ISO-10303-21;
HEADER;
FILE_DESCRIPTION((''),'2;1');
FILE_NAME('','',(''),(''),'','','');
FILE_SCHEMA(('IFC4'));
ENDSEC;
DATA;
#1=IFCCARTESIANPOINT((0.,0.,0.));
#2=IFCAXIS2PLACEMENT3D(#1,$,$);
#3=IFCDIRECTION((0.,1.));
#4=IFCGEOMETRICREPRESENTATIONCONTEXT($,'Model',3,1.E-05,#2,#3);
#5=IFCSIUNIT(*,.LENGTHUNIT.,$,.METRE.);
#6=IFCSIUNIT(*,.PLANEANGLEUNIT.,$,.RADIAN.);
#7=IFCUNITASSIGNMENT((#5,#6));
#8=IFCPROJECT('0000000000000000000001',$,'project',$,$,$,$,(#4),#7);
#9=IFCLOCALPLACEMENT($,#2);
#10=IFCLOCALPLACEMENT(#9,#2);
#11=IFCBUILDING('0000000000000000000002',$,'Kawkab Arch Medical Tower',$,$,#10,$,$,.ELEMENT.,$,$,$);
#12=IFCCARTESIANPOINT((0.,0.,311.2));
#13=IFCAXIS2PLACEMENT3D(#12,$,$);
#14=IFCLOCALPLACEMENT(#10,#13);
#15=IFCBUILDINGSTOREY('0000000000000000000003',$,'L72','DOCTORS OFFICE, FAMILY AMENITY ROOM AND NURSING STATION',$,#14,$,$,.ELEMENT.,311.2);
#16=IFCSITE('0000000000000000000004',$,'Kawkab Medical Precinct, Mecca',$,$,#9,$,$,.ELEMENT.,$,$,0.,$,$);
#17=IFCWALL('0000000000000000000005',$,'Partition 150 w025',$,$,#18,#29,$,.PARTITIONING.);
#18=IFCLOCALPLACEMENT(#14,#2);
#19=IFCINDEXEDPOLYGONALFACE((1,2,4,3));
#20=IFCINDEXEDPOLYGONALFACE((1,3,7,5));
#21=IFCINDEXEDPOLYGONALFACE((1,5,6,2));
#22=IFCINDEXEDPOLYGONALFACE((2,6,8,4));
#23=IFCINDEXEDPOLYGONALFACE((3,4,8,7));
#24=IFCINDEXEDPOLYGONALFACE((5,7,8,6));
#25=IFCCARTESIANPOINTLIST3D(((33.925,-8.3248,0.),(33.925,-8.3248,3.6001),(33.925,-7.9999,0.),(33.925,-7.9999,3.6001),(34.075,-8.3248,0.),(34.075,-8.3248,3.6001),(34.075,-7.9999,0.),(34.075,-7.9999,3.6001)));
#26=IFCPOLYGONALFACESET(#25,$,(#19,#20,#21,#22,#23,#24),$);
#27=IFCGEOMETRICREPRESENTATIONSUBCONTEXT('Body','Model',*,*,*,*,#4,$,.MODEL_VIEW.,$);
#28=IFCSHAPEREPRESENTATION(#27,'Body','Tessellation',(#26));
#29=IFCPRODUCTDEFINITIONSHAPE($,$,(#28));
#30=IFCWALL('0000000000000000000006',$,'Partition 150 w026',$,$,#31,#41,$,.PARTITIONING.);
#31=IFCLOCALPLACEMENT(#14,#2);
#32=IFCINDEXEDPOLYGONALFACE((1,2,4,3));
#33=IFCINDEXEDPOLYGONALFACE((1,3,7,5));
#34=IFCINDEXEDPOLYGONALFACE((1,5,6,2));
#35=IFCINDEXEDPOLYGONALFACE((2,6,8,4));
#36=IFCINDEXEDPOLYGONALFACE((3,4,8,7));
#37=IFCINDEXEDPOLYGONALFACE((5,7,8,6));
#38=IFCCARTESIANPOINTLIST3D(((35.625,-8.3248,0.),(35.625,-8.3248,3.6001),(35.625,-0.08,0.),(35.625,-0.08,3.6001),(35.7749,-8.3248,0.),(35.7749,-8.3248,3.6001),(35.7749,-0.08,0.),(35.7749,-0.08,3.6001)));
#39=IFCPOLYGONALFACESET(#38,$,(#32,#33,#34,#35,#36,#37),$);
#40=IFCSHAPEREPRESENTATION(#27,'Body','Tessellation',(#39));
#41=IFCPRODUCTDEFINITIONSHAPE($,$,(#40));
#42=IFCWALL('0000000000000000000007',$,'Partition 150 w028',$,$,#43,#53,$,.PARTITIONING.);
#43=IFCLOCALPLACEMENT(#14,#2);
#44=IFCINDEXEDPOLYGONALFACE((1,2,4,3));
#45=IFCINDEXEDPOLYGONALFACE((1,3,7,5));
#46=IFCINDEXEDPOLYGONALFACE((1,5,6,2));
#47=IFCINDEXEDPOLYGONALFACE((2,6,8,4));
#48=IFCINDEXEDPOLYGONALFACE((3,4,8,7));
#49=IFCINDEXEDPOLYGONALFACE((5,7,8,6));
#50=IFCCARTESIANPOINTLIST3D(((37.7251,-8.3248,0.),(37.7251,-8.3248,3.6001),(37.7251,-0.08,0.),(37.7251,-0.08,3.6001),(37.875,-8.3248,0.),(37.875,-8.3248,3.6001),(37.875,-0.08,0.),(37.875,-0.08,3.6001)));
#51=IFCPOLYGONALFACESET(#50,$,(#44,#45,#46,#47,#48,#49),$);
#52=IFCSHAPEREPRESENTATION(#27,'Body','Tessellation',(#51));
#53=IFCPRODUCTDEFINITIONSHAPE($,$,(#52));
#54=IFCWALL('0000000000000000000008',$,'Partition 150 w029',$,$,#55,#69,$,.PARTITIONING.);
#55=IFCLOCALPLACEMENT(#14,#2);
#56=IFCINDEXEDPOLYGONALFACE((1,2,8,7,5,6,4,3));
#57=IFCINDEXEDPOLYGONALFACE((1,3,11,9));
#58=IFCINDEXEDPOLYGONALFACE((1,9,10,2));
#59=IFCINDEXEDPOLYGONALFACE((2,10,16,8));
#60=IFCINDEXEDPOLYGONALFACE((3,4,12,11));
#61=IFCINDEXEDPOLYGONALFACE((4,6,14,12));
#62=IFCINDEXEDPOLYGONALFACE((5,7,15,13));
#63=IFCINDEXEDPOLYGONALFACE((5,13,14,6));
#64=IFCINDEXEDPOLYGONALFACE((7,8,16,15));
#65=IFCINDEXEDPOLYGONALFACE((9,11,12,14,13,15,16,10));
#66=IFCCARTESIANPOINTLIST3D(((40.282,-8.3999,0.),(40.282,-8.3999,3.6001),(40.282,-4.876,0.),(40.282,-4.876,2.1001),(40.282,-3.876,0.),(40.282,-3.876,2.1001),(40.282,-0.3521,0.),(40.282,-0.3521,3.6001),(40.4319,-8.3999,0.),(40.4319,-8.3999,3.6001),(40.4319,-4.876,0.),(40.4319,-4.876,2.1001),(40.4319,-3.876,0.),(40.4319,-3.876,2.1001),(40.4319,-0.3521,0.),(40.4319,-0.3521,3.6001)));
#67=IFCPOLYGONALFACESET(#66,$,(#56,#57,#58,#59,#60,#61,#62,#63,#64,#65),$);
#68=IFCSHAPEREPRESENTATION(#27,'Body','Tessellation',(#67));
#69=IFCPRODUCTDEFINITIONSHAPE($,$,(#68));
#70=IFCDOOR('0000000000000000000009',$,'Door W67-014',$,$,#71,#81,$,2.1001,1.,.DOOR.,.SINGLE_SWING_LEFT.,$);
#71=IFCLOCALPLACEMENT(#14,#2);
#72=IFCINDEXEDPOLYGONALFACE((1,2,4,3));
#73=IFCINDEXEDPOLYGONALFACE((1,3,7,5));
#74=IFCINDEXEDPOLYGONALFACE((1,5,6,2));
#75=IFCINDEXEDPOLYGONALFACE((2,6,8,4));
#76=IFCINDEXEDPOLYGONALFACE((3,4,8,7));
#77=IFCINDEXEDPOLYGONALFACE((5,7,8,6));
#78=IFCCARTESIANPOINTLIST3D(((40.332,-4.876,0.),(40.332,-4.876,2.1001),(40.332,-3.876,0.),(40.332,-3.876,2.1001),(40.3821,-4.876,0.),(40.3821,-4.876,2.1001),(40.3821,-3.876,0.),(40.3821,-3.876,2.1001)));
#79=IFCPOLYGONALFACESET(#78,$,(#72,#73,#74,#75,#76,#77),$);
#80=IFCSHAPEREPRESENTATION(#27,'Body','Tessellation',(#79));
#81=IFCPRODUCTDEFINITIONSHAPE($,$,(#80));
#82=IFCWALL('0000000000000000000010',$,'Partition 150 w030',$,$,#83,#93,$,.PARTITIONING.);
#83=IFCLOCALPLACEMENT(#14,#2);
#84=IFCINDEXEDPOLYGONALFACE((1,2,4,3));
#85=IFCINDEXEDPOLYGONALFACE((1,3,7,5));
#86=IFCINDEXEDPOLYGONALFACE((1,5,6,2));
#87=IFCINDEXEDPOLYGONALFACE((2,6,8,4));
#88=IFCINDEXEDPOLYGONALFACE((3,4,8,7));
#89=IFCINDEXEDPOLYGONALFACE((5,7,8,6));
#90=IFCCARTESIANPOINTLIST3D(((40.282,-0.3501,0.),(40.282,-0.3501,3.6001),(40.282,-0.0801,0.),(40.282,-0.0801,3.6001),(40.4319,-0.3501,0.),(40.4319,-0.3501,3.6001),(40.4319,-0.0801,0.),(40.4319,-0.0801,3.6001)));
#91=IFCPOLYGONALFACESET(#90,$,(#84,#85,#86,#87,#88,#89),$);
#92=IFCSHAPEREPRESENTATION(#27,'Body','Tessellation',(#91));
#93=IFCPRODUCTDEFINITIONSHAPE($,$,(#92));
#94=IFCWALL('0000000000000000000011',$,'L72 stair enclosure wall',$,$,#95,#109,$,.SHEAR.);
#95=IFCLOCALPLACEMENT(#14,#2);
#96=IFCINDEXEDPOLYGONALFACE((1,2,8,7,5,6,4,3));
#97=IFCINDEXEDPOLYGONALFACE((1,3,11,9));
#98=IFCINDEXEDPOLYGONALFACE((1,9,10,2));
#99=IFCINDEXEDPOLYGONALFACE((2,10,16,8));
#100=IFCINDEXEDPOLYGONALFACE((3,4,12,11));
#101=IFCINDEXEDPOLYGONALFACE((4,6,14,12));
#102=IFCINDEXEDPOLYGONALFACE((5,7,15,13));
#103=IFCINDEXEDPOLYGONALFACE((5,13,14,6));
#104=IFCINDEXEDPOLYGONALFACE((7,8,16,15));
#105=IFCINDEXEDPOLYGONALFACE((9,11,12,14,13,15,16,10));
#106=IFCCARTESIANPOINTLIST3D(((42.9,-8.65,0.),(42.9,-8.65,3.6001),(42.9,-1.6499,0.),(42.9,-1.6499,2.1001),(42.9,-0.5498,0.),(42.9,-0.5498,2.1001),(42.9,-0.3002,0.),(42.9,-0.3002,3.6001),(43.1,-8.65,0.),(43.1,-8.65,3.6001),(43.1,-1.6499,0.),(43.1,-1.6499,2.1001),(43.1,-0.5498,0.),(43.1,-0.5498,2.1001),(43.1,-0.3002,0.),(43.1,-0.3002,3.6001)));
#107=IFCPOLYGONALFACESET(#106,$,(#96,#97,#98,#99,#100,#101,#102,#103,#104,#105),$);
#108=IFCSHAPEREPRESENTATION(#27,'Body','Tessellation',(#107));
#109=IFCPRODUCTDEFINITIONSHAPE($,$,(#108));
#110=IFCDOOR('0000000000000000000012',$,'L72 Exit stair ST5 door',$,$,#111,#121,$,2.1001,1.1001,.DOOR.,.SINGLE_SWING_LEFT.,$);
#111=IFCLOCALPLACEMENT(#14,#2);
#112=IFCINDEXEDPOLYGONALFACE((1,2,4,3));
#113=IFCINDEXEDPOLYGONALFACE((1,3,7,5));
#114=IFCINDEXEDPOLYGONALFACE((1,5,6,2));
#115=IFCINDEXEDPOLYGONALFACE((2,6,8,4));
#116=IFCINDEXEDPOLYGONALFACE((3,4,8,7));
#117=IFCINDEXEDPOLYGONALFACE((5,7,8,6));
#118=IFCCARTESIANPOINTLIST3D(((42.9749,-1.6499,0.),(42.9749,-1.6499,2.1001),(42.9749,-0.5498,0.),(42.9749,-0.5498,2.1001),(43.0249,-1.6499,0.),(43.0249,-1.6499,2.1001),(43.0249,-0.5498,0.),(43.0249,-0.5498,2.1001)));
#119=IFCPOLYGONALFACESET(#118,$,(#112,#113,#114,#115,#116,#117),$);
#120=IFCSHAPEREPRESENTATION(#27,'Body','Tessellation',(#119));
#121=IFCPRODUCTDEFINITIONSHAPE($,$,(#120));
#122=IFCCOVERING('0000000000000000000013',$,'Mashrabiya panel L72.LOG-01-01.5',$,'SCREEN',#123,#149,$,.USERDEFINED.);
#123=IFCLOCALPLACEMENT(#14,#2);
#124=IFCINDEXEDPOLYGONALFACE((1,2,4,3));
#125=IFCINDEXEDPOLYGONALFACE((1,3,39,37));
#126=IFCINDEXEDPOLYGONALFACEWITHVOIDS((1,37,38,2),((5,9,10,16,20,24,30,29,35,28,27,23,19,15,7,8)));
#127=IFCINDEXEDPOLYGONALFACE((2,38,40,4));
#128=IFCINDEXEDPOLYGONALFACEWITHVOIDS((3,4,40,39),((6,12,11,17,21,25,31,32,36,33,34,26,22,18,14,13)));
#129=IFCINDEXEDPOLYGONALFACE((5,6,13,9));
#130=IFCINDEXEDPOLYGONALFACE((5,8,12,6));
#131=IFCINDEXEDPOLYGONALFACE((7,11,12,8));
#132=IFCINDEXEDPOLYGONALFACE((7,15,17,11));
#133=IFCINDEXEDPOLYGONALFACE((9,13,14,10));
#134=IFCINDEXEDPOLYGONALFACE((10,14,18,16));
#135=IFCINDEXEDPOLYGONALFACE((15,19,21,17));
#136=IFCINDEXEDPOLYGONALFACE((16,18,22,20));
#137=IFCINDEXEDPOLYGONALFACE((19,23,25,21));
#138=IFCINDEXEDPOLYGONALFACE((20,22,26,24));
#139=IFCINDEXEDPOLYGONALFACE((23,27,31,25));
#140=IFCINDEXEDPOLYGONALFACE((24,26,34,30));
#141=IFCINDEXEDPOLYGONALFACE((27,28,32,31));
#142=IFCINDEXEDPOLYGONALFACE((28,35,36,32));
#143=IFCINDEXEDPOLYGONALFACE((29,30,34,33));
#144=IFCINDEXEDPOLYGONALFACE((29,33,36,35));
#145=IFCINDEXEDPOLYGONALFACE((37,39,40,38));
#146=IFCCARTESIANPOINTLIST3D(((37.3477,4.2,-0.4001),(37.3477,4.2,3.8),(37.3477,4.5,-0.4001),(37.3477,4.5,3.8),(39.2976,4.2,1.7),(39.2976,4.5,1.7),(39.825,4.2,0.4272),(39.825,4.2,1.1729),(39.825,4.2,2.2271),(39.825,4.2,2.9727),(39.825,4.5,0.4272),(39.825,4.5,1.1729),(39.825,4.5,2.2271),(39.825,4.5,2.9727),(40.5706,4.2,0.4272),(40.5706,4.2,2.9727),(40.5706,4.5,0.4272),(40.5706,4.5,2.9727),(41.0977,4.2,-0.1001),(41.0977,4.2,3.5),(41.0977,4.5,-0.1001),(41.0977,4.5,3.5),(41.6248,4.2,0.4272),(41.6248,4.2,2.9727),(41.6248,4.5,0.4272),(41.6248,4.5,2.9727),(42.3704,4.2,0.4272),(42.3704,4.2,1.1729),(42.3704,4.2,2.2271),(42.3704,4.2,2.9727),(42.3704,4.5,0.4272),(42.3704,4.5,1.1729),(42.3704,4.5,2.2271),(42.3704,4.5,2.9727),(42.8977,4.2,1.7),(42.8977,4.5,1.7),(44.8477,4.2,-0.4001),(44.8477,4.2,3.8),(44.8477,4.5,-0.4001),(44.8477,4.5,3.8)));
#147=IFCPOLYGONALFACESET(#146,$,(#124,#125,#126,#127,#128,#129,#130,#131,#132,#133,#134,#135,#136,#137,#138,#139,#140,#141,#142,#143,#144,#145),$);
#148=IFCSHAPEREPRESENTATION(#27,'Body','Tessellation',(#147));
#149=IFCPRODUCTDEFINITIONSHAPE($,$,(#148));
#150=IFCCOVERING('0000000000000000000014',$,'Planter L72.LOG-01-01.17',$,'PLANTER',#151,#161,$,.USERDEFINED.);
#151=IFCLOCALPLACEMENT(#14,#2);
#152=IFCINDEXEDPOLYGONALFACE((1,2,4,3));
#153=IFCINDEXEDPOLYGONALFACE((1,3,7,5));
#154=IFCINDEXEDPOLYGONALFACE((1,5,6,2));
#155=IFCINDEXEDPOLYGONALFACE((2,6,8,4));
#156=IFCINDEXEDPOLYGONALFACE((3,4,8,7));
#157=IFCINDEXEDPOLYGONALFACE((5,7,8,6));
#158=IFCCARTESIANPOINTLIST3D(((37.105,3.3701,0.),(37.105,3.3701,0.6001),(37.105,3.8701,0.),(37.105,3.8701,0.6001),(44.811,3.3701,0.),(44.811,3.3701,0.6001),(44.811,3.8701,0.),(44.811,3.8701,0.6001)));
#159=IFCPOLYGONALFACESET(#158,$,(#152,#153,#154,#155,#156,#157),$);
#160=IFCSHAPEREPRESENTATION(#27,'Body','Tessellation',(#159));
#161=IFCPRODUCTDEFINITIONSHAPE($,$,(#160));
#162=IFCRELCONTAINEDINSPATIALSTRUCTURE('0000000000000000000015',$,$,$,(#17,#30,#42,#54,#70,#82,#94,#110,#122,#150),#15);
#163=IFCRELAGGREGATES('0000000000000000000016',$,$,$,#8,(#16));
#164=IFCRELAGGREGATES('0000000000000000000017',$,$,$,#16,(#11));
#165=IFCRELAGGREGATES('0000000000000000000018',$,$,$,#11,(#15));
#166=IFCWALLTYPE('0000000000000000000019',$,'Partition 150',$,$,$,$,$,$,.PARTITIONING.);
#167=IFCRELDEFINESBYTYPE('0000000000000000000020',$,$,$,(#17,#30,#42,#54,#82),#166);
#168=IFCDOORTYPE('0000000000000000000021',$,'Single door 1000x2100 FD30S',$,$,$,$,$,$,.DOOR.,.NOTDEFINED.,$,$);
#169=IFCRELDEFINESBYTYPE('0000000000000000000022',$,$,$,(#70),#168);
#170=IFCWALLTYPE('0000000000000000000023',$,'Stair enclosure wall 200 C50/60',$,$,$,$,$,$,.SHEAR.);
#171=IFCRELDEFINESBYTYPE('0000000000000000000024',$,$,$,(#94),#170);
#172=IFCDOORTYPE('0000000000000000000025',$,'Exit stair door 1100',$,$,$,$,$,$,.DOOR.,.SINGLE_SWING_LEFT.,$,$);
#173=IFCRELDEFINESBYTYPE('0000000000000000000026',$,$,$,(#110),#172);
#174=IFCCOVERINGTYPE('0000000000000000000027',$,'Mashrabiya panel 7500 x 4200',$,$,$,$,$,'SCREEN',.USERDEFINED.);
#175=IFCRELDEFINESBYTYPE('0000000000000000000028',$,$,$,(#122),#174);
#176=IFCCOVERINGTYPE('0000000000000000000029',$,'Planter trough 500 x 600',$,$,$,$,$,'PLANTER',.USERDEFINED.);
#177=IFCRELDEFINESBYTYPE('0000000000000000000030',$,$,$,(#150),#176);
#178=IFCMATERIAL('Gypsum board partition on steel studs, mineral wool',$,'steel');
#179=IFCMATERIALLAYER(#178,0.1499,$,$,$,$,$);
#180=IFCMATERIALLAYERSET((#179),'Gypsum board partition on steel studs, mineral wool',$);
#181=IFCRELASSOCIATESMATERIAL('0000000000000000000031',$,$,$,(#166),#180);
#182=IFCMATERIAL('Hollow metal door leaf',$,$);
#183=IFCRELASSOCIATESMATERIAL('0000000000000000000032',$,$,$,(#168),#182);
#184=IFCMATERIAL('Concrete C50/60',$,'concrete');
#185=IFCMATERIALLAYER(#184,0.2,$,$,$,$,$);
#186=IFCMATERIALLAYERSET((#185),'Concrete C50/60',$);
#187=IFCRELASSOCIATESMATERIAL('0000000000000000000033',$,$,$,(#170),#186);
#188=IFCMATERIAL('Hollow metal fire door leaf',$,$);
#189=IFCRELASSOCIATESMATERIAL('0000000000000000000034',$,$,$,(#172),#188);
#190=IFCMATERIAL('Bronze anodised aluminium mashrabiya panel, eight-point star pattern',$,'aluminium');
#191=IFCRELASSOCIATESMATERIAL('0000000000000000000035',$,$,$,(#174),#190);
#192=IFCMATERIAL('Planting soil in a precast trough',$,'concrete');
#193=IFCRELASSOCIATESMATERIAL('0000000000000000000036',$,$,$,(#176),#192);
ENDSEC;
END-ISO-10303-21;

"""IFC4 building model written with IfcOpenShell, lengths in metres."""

from ifc_helpers import new_model, si_unit, direction, frame, frame_2d, origin, origin_2d, place, context, subcontext, project, spatial, polyline, rectangle, outline, extrude, material, layer, layer_set, material_profile, profile_set, type_object, element, fill, save


model = new_model("IFC4")

# Units and contexts
model_context = context("Model", 3, precision=1e-05, world=origin(), true_north=direction((0.0, 1.0)))
body_context = subcontext(model_context, "Body", "Model", "MODEL_VIEW")
ifc_project = project(units=[si_unit("LENGTHUNIT", "METRE"), si_unit("PLANEANGLEUNIT", "RADIAN")], contexts=[model_context])

# Site, building, storey
site_placement = place(None, origin())
site = spatial("IfcSite", under=ifc_project, at=site_placement, Name="Kawkab Medical Precinct, Mecca", CompositionType="ELEMENT", RefElevation=0.0)
building_placement = place(site_placement, origin())
building = spatial("IfcBuilding", under=site, at=building_placement, Name="Kawkab Arch Medical Tower", CompositionType="ELEMENT")
storey_placement = place(building_placement, frame((0.0, 0.0, 311.2)))
storey = spatial("IfcBuildingStorey", under=building, at=storey_placement, Name="L72", Description="DOCTORS OFFICE, FAMILY AMENITY ROOM AND NURSING STATION", CompositionType="ELEMENT", Elevation=311.2)

# Walls
ifc_material_1 = material(Name="Gypsum board partition on steel studs, mineral wool", Category="steel")
ifc_layer_1 = layer(ifc_material_1, 0.1499)
ifc_layer_set_1 = layer_set([ifc_layer_1], Name="Gypsum board partition on steel studs, mineral wool")
wall_type_1 = type_object("IfcWallType", Name="Partition 150", PredefinedType="PARTITIONING", material=ifc_layer_set_1)
wall_1_placement = place(storey_placement, frame((34.0, -8.325, 0.0), z_axis=(0.0, 0.0, 1.0), x_axis=(0.0, 1.0, 0.0)))
element("IfcWall", 1, at=wall_1_placement, inside=storey, type_object=wall_type_1, Name="Partition 150 w025", PredefinedType="PARTITIONING", context=body_context, shape_type="SweptSolid", body=[
    extrude(rectangle(XDim=0.325, YDim=0.1499, at=frame_2d((0.1626, 0.0))), origin(), (0.0, 0.0, 1.0), 3.6001),
])
for number, where, z_axis, x_axis, name in (
    (2, (35.7, -8.325, 0.0), (0.0, 0.0, 1.0), (0.0, 1.0, 0.0), "Partition 150 w026"),
    (3, (37.8, -8.325, 0.0), (0.0, 0.0, 1.0), (0.0, 1.0, 0.0), "Partition 150 w028"),
):
    element("IfcWall", number, at=place(storey_placement, frame(where, z_axis=z_axis, x_axis=x_axis)), inside=storey, type_object=wall_type_1, Name=name, PredefinedType="PARTITIONING", context=body_context, shape_type="SweptSolid", body=[
        extrude(rectangle(XDim=8.2449, YDim=0.1499, at=frame_2d((4.1226, 0.0))), origin(), (0.0, 0.0, 1.0), 3.6001),
    ])

# Wall, opening, door
wall_2_placement = place(storey_placement, frame((40.3569, -8.3999, 0.0), z_axis=(0.0, 0.0, 1.0), x_axis=(0.0, 1.0, 0.0)))
wall_2 = element("IfcWall", 4, at=wall_2_placement, inside=storey, type_object=wall_type_1, Name="Partition 150 w029", PredefinedType="PARTITIONING", context=body_context, shape_type="SweptSolid", body=[
    extrude(rectangle(XDim=8.0479, YDim=0.1499, at=frame_2d((4.0239, 0.0))), origin(), (0.0, 0.0, 1.0), 3.6001),
])
opening_1_placement = place(wall_2_placement, frame((3.5239, 0.0, 0.0)))
opening_1 = element("IfcOpeningElement", 5, at=opening_1_placement, cuts=wall_2, PredefinedType="OPENING", context=body_context, shape_type="SweptSolid", body=[
    extrude(rectangle(XDim=1.0, YDim=2.1001, at=frame_2d((0.5, 1.05))), frame((0.0, 0.085, 0.0), z_axis=(0.0, -1.0, 0.0), x_axis=(1.0, 0.0, 0.0)), (0.0, 0.0, 1.0), 0.1699),
])
ifc_material_2 = material(Name="Hollow metal door leaf")
door_type_1 = type_object("IfcDoorType", Name="Single door 1000x2100 FD30S", OperationType="NOTDEFINED", PredefinedType="DOOR", material=ifc_material_2)
door_1_placement = place(opening_1_placement, origin())
door_1 = element("IfcDoor", 6, at=door_1_placement, inside=storey, type_object=door_type_1, Name="Door W67-014", OperationType="SINGLE_SWING_LEFT", OverallHeight=2.1001, OverallWidth=1.0, PredefinedType="DOOR", context=body_context, shape_type="SweptSolid", body=[
    extrude(rectangle(XDim=1.0, YDim=2.1001, at=frame_2d((0.5, 1.05))), frame((0.0, 0.0249, 0.0), z_axis=(0.0, -1.0, 0.0), x_axis=(1.0, 0.0, 0.0)), (0.0, 0.0, 1.0), 0.05),
])
fill(opening_1, door_1)

# Wall
wall_3_placement = place(storey_placement, frame((40.3569, -0.3501, 0.0), z_axis=(0.0, 0.0, 1.0), x_axis=(0.0, 1.0, 0.0)))
element("IfcWall", 7, at=wall_3_placement, inside=storey, type_object=wall_type_1, Name="Partition 150 w030", PredefinedType="PARTITIONING", context=body_context, shape_type="SweptSolid", body=[
    extrude(rectangle(XDim=0.27, YDim=0.1499, at=frame_2d((0.135, 0.0))), origin(), (0.0, 0.0, 1.0), 3.6001),
])

# Wall, opening, door
ifc_material_3 = material(Name="Concrete C50/60", Category="concrete")
ifc_layer_2 = layer(ifc_material_3, 0.2)
ifc_layer_set_2 = layer_set([ifc_layer_2], Name="Concrete C50/60")
wall_type_2 = type_object("IfcWallType", Name="Stair enclosure wall 200 C50/60", PredefinedType="SHEAR", material=ifc_layer_set_2)
wall_4_placement = place(storey_placement, frame((43.0, -8.6499, 0.0), z_axis=(0.0, 0.0, 1.0), x_axis=(0.0, 1.0, 0.0)))
wall_4 = element("IfcWall", 8, at=wall_4_placement, inside=storey, type_object=wall_type_2, Name="L72 stair enclosure wall", PredefinedType="SHEAR", context=body_context, shape_type="SweptSolid", body=[
    extrude(rectangle(XDim=8.3499, YDim=0.2, at=frame_2d((4.1748, 0.0))), origin(), (0.0, 0.0, 1.0), 3.6001),
])
opening_2_placement = place(wall_4_placement, frame((7.0, 0.0, 0.0)))
opening_2 = element("IfcOpeningElement", 9, at=opening_2_placement, cuts=wall_4, PredefinedType="OPENING", context=body_context, shape_type="SweptSolid", body=[
    extrude(rectangle(XDim=1.1001, YDim=2.1001, at=frame_2d((0.55, 1.05))), frame((0.0, 0.1099, 0.0), z_axis=(0.0, -1.0, 0.0), x_axis=(1.0, 0.0, 0.0)), (0.0, 0.0, 1.0), 0.22),
])
ifc_material_4 = material(Name="Hollow metal fire door leaf")
door_type_2 = type_object("IfcDoorType", Name="Exit stair door 1100", OperationType="SINGLE_SWING_LEFT", PredefinedType="DOOR", material=ifc_material_4)
door_2_placement = place(opening_2_placement, frame((1.1001, 0.0, 0.0), z_axis=(0.0, 0.0, 1.0), x_axis=(-1.0, 0.0, 0.0)))
door_2 = element("IfcDoor", 10, at=door_2_placement, inside=storey, type_object=door_type_2, Name="L72 Exit stair ST5 door", OperationType="SINGLE_SWING_LEFT", OverallHeight=2.1001, OverallWidth=1.1001, PredefinedType="DOOR", context=body_context, shape_type="SweptSolid", body=[
    extrude(rectangle(XDim=1.1001, YDim=2.1001, at=frame_2d((0.55, 1.05))), frame((0.0, 0.0249, 0.0), z_axis=(0.0, -1.0, 0.0), x_axis=(1.0, 0.0, 0.0)), (0.0, 0.0, 1.0), 0.05),
])
fill(opening_2, door_2)

# Coverings
ifc_material_5 = material(Name="Bronze anodised aluminium mashrabiya panel, eight-point star pattern", Category="aluminium")
ifc_material_profile_1 = material_profile(ifc_material_5, outline(polyline([(-3.75, -2.1001), (3.75, -2.1001), (3.75, 2.1001), (-3.75, 2.1001), (-3.75, -2.1001)]), holes=[polyline([(1.8, 0.0), (1.2727, 0.5271), (1.2727, 1.2727), (0.5271, 1.2727), (0.0, 1.8), (-0.5271, 1.2727), (-1.2727, 1.2727), (-1.2727, 0.5271), (-1.8, 0.0), (-1.2727, -0.5271), (-1.2727, -1.2727), (-0.5271, -1.2727), (0.0, -1.8), (0.5271, -1.2727), (1.2727, -1.2727), (1.2727, -0.5271), (1.8, 0.0)])]), Name="Mashrabiya panel 7500x4200")
ifc_profile_set_1 = profile_set([ifc_material_profile_1], Name="Bronze anodised aluminium mashrabiya panel, eight-point star pattern")
covering_type_1 = type_object("IfcCoveringType", Name="Mashrabiya panel 7500 x 4200", ElementType="SCREEN", PredefinedType="USERDEFINED", material=ifc_profile_set_1)
covering_1_placement = place(storey_placement, frame((41.0977, 4.2, 1.7), z_axis=(0.0, 1.0, 0.0), x_axis=(-1.0, 0.0, 0.0)))
element("IfcCovering", 11, at=covering_1_placement, inside=storey, type_object=covering_type_1, Name="Mashrabiya panel L72.LOG-01-01.5", ObjectType="SCREEN", PredefinedType="USERDEFINED", context=body_context, shape_type="SweptSolid", body=[
    extrude(outline(polyline([(-3.75, -2.1001), (3.75, -2.1001), (3.75, 2.1001), (-3.75, 2.1001), (-3.75, -2.1001)]), holes=[polyline([(1.8, 0.0), (1.2727, 0.5271), (1.2727, 1.2727), (0.5271, 1.2727), (0.0, 1.8), (-0.5271, 1.2727), (-1.2727, 1.2727), (-1.2727, 0.5271), (-1.8, 0.0), (-1.2727, -0.5271), (-1.2727, -1.2727), (-0.5271, -1.2727), (0.0, -1.8), (0.5271, -1.2727), (1.2727, -1.2727), (1.2727, -0.5271), (1.8, 0.0)])]), origin(), (0.0, 0.0, 1.0), 0.3),
])
ifc_material_6 = material(Name="Planting soil in a precast trough", Category="concrete")
ifc_material_profile_2 = material_profile(ifc_material_6, rectangle(XDim=0.5, YDim=0.6001, at=origin_2d()), Name="Trough 500x600")
ifc_profile_set_2 = profile_set([ifc_material_profile_2], Name="Planting soil in a precast trough")
covering_type_2 = type_object("IfcCoveringType", Name="Planter trough 500 x 600", ElementType="PLANTER", PredefinedType="USERDEFINED", material=ifc_profile_set_2)
covering_2_placement = place(storey_placement, frame((37.105, 3.6201, 0.3), z_axis=(1.0, 0.0, 0.0), x_axis=(0.0, 1.0, 0.0)))
element("IfcCovering", 12, at=covering_2_placement, inside=storey, type_object=covering_type_2, Name="Planter L72.LOG-01-01.17", ObjectType="PLANTER", PredefinedType="USERDEFINED", context=body_context, shape_type="SweptSolid", body=[
    extrude(rectangle(XDim=0.5, YDim=0.6001, at=origin_2d()), origin(), (0.0, 0.0, 1.0), 7.7061),
])

save(model, "model.ifc")
